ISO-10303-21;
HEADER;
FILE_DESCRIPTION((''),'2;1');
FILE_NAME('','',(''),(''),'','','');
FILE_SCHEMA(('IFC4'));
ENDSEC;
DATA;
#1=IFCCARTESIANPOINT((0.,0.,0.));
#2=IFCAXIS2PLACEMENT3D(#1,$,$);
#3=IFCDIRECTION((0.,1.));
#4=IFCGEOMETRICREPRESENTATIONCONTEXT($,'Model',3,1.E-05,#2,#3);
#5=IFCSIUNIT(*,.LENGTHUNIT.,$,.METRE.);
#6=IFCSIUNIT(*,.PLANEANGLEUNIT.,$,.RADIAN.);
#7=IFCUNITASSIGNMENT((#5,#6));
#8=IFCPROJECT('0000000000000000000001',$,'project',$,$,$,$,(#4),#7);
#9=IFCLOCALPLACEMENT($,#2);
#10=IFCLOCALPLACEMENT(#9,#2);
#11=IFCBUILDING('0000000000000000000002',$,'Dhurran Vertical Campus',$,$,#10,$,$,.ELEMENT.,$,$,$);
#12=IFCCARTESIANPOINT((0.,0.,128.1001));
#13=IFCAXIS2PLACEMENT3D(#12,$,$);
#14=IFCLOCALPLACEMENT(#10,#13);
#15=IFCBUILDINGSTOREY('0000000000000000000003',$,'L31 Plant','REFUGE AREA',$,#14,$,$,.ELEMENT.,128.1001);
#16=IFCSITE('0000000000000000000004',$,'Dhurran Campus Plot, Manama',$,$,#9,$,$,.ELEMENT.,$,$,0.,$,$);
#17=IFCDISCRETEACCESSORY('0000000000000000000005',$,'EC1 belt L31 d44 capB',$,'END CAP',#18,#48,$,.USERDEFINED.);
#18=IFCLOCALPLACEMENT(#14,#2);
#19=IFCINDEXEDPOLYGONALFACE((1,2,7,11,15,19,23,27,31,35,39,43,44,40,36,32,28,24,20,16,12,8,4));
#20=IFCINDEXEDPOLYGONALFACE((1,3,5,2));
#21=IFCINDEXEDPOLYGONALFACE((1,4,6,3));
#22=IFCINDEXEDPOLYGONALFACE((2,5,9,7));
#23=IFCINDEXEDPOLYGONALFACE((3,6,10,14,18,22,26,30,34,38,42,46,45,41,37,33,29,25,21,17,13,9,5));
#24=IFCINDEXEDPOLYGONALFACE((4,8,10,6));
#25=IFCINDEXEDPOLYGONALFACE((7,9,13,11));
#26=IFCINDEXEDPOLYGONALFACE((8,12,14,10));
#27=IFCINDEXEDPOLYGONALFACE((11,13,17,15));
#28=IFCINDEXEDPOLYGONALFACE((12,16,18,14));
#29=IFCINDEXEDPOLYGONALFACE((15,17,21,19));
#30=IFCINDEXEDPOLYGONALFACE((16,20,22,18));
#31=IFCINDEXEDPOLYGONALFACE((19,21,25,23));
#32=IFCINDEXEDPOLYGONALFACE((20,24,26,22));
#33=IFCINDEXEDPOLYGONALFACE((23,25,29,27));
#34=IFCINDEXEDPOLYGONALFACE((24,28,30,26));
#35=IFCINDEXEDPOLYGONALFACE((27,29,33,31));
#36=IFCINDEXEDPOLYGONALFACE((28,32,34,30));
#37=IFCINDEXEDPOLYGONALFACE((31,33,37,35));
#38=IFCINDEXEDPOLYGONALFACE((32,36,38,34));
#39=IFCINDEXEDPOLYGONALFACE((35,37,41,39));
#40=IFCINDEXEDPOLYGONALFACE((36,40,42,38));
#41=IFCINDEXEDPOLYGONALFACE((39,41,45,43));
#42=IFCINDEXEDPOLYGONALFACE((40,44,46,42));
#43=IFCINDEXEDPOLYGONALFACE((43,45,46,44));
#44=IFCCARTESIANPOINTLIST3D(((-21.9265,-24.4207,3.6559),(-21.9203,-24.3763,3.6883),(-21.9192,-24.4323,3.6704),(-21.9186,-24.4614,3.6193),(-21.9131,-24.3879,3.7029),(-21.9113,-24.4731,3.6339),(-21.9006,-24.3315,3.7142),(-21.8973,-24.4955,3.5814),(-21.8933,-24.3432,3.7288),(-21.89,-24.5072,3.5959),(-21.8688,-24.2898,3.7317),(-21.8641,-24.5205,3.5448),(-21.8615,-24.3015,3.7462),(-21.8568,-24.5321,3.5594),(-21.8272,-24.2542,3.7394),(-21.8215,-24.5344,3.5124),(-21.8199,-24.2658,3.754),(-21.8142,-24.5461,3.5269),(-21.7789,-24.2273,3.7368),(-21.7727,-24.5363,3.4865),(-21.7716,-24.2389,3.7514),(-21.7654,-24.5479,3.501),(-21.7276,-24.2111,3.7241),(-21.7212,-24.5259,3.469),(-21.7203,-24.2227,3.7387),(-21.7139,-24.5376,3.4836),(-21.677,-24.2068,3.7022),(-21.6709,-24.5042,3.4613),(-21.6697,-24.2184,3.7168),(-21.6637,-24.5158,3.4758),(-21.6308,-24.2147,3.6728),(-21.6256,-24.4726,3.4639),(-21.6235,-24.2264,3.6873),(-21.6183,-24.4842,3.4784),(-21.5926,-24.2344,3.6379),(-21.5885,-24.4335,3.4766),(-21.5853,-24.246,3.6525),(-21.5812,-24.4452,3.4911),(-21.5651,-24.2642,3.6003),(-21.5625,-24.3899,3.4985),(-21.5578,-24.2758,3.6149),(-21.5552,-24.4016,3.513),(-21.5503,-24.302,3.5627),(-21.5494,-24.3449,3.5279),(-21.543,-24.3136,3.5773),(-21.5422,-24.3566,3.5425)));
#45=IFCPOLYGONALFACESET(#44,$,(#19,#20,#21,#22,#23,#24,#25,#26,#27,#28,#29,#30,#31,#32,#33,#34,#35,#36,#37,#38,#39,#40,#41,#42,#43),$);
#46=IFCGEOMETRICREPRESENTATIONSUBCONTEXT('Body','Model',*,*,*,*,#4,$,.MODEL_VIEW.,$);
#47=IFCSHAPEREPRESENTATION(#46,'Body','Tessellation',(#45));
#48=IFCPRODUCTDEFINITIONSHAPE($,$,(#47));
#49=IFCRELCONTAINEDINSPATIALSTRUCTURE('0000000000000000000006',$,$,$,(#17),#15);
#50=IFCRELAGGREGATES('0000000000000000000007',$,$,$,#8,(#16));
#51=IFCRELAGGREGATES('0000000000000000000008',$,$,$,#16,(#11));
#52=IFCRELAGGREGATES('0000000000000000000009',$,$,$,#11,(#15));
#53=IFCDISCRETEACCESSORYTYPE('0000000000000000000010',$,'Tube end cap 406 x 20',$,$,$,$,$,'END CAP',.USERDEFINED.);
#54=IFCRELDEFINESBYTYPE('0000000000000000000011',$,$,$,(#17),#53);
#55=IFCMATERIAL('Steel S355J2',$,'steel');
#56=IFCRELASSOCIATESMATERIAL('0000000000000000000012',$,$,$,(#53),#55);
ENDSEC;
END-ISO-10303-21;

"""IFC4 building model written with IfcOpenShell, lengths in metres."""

from ifc_helpers import new_model, si_unit, direction, frame, origin, origin_2d, place, context, subcontext, project, spatial, circle, extrude, material, material_profile, profile_set, type_object, element, save


model = new_model("IFC4")

# Units and contexts
model_context = context("Model", 3, precision=1e-05, world=origin(), true_north=direction((0.0, 1.0)))
body_context = subcontext(model_context, "Body", "Model", "MODEL_VIEW")
ifc_project = project(units=[si_unit("LENGTHUNIT", "METRE"), si_unit("PLANEANGLEUNIT", "RADIAN")], contexts=[model_context])

# Site, building, storey
site_placement = place(None, origin())
site = spatial("IfcSite", under=ifc_project, at=site_placement, Name="Dhurran Campus Plot, Manama", CompositionType="ELEMENT", RefElevation=0.0)
building_placement = place(site_placement, origin())
building = spatial("IfcBuilding", under=site, at=building_placement, Name="Dhurran Vertical Campus", CompositionType="ELEMENT")
storey_placement = place(building_placement, frame((0.0, 0.0, 128.1001)))
storey = spatial("IfcBuildingStorey", under=building, at=storey_placement, Name="L31 Plant", Description="REFUGE AREA", CompositionType="ELEMENT", Elevation=128.1001)

# Discrete accessory
ifc_material_1 = material(Name="Steel S355J2", Category="steel")
ifc_material_profile_1 = material_profile(ifc_material_1, circle(Radius=0.2031, at=origin_2d()), Name="Tube end cap 406 x 20")
ifc_profile_set_1 = profile_set([ifc_material_profile_1], Name="Steel S355J2")
discrete_accessory_type = type_object("IfcDiscreteAccessoryType", Name="Tube end cap 406 x 20", ElementType="END CAP", PredefinedType="USERDEFINED", material=ifc_profile_set_1)
for number, where, z_axis, x_axis, name in (
    (1, (-21.7373, -24.3718, 3.6003), (0.363696, -0.581914, 0.727393), (0.847998, 0.529999, 0.0), "EC1 belt L31 d44 capB"),
):
    element("IfcDiscreteAccessory", number, at=place(storey_placement, frame(where, z_axis=z_axis, x_axis=x_axis)), inside=storey, type_object=discrete_accessory_type, Name=name, ObjectType="END CAP", PredefinedType="USERDEFINED", context=body_context, shape_type="SweptSolid", body=[
        extrude(circle(Radius=0.2031, at=origin_2d()), origin(), (0.0, 0.0, 1.0), 0.02),
    ])

save(model, "model.ifc")
